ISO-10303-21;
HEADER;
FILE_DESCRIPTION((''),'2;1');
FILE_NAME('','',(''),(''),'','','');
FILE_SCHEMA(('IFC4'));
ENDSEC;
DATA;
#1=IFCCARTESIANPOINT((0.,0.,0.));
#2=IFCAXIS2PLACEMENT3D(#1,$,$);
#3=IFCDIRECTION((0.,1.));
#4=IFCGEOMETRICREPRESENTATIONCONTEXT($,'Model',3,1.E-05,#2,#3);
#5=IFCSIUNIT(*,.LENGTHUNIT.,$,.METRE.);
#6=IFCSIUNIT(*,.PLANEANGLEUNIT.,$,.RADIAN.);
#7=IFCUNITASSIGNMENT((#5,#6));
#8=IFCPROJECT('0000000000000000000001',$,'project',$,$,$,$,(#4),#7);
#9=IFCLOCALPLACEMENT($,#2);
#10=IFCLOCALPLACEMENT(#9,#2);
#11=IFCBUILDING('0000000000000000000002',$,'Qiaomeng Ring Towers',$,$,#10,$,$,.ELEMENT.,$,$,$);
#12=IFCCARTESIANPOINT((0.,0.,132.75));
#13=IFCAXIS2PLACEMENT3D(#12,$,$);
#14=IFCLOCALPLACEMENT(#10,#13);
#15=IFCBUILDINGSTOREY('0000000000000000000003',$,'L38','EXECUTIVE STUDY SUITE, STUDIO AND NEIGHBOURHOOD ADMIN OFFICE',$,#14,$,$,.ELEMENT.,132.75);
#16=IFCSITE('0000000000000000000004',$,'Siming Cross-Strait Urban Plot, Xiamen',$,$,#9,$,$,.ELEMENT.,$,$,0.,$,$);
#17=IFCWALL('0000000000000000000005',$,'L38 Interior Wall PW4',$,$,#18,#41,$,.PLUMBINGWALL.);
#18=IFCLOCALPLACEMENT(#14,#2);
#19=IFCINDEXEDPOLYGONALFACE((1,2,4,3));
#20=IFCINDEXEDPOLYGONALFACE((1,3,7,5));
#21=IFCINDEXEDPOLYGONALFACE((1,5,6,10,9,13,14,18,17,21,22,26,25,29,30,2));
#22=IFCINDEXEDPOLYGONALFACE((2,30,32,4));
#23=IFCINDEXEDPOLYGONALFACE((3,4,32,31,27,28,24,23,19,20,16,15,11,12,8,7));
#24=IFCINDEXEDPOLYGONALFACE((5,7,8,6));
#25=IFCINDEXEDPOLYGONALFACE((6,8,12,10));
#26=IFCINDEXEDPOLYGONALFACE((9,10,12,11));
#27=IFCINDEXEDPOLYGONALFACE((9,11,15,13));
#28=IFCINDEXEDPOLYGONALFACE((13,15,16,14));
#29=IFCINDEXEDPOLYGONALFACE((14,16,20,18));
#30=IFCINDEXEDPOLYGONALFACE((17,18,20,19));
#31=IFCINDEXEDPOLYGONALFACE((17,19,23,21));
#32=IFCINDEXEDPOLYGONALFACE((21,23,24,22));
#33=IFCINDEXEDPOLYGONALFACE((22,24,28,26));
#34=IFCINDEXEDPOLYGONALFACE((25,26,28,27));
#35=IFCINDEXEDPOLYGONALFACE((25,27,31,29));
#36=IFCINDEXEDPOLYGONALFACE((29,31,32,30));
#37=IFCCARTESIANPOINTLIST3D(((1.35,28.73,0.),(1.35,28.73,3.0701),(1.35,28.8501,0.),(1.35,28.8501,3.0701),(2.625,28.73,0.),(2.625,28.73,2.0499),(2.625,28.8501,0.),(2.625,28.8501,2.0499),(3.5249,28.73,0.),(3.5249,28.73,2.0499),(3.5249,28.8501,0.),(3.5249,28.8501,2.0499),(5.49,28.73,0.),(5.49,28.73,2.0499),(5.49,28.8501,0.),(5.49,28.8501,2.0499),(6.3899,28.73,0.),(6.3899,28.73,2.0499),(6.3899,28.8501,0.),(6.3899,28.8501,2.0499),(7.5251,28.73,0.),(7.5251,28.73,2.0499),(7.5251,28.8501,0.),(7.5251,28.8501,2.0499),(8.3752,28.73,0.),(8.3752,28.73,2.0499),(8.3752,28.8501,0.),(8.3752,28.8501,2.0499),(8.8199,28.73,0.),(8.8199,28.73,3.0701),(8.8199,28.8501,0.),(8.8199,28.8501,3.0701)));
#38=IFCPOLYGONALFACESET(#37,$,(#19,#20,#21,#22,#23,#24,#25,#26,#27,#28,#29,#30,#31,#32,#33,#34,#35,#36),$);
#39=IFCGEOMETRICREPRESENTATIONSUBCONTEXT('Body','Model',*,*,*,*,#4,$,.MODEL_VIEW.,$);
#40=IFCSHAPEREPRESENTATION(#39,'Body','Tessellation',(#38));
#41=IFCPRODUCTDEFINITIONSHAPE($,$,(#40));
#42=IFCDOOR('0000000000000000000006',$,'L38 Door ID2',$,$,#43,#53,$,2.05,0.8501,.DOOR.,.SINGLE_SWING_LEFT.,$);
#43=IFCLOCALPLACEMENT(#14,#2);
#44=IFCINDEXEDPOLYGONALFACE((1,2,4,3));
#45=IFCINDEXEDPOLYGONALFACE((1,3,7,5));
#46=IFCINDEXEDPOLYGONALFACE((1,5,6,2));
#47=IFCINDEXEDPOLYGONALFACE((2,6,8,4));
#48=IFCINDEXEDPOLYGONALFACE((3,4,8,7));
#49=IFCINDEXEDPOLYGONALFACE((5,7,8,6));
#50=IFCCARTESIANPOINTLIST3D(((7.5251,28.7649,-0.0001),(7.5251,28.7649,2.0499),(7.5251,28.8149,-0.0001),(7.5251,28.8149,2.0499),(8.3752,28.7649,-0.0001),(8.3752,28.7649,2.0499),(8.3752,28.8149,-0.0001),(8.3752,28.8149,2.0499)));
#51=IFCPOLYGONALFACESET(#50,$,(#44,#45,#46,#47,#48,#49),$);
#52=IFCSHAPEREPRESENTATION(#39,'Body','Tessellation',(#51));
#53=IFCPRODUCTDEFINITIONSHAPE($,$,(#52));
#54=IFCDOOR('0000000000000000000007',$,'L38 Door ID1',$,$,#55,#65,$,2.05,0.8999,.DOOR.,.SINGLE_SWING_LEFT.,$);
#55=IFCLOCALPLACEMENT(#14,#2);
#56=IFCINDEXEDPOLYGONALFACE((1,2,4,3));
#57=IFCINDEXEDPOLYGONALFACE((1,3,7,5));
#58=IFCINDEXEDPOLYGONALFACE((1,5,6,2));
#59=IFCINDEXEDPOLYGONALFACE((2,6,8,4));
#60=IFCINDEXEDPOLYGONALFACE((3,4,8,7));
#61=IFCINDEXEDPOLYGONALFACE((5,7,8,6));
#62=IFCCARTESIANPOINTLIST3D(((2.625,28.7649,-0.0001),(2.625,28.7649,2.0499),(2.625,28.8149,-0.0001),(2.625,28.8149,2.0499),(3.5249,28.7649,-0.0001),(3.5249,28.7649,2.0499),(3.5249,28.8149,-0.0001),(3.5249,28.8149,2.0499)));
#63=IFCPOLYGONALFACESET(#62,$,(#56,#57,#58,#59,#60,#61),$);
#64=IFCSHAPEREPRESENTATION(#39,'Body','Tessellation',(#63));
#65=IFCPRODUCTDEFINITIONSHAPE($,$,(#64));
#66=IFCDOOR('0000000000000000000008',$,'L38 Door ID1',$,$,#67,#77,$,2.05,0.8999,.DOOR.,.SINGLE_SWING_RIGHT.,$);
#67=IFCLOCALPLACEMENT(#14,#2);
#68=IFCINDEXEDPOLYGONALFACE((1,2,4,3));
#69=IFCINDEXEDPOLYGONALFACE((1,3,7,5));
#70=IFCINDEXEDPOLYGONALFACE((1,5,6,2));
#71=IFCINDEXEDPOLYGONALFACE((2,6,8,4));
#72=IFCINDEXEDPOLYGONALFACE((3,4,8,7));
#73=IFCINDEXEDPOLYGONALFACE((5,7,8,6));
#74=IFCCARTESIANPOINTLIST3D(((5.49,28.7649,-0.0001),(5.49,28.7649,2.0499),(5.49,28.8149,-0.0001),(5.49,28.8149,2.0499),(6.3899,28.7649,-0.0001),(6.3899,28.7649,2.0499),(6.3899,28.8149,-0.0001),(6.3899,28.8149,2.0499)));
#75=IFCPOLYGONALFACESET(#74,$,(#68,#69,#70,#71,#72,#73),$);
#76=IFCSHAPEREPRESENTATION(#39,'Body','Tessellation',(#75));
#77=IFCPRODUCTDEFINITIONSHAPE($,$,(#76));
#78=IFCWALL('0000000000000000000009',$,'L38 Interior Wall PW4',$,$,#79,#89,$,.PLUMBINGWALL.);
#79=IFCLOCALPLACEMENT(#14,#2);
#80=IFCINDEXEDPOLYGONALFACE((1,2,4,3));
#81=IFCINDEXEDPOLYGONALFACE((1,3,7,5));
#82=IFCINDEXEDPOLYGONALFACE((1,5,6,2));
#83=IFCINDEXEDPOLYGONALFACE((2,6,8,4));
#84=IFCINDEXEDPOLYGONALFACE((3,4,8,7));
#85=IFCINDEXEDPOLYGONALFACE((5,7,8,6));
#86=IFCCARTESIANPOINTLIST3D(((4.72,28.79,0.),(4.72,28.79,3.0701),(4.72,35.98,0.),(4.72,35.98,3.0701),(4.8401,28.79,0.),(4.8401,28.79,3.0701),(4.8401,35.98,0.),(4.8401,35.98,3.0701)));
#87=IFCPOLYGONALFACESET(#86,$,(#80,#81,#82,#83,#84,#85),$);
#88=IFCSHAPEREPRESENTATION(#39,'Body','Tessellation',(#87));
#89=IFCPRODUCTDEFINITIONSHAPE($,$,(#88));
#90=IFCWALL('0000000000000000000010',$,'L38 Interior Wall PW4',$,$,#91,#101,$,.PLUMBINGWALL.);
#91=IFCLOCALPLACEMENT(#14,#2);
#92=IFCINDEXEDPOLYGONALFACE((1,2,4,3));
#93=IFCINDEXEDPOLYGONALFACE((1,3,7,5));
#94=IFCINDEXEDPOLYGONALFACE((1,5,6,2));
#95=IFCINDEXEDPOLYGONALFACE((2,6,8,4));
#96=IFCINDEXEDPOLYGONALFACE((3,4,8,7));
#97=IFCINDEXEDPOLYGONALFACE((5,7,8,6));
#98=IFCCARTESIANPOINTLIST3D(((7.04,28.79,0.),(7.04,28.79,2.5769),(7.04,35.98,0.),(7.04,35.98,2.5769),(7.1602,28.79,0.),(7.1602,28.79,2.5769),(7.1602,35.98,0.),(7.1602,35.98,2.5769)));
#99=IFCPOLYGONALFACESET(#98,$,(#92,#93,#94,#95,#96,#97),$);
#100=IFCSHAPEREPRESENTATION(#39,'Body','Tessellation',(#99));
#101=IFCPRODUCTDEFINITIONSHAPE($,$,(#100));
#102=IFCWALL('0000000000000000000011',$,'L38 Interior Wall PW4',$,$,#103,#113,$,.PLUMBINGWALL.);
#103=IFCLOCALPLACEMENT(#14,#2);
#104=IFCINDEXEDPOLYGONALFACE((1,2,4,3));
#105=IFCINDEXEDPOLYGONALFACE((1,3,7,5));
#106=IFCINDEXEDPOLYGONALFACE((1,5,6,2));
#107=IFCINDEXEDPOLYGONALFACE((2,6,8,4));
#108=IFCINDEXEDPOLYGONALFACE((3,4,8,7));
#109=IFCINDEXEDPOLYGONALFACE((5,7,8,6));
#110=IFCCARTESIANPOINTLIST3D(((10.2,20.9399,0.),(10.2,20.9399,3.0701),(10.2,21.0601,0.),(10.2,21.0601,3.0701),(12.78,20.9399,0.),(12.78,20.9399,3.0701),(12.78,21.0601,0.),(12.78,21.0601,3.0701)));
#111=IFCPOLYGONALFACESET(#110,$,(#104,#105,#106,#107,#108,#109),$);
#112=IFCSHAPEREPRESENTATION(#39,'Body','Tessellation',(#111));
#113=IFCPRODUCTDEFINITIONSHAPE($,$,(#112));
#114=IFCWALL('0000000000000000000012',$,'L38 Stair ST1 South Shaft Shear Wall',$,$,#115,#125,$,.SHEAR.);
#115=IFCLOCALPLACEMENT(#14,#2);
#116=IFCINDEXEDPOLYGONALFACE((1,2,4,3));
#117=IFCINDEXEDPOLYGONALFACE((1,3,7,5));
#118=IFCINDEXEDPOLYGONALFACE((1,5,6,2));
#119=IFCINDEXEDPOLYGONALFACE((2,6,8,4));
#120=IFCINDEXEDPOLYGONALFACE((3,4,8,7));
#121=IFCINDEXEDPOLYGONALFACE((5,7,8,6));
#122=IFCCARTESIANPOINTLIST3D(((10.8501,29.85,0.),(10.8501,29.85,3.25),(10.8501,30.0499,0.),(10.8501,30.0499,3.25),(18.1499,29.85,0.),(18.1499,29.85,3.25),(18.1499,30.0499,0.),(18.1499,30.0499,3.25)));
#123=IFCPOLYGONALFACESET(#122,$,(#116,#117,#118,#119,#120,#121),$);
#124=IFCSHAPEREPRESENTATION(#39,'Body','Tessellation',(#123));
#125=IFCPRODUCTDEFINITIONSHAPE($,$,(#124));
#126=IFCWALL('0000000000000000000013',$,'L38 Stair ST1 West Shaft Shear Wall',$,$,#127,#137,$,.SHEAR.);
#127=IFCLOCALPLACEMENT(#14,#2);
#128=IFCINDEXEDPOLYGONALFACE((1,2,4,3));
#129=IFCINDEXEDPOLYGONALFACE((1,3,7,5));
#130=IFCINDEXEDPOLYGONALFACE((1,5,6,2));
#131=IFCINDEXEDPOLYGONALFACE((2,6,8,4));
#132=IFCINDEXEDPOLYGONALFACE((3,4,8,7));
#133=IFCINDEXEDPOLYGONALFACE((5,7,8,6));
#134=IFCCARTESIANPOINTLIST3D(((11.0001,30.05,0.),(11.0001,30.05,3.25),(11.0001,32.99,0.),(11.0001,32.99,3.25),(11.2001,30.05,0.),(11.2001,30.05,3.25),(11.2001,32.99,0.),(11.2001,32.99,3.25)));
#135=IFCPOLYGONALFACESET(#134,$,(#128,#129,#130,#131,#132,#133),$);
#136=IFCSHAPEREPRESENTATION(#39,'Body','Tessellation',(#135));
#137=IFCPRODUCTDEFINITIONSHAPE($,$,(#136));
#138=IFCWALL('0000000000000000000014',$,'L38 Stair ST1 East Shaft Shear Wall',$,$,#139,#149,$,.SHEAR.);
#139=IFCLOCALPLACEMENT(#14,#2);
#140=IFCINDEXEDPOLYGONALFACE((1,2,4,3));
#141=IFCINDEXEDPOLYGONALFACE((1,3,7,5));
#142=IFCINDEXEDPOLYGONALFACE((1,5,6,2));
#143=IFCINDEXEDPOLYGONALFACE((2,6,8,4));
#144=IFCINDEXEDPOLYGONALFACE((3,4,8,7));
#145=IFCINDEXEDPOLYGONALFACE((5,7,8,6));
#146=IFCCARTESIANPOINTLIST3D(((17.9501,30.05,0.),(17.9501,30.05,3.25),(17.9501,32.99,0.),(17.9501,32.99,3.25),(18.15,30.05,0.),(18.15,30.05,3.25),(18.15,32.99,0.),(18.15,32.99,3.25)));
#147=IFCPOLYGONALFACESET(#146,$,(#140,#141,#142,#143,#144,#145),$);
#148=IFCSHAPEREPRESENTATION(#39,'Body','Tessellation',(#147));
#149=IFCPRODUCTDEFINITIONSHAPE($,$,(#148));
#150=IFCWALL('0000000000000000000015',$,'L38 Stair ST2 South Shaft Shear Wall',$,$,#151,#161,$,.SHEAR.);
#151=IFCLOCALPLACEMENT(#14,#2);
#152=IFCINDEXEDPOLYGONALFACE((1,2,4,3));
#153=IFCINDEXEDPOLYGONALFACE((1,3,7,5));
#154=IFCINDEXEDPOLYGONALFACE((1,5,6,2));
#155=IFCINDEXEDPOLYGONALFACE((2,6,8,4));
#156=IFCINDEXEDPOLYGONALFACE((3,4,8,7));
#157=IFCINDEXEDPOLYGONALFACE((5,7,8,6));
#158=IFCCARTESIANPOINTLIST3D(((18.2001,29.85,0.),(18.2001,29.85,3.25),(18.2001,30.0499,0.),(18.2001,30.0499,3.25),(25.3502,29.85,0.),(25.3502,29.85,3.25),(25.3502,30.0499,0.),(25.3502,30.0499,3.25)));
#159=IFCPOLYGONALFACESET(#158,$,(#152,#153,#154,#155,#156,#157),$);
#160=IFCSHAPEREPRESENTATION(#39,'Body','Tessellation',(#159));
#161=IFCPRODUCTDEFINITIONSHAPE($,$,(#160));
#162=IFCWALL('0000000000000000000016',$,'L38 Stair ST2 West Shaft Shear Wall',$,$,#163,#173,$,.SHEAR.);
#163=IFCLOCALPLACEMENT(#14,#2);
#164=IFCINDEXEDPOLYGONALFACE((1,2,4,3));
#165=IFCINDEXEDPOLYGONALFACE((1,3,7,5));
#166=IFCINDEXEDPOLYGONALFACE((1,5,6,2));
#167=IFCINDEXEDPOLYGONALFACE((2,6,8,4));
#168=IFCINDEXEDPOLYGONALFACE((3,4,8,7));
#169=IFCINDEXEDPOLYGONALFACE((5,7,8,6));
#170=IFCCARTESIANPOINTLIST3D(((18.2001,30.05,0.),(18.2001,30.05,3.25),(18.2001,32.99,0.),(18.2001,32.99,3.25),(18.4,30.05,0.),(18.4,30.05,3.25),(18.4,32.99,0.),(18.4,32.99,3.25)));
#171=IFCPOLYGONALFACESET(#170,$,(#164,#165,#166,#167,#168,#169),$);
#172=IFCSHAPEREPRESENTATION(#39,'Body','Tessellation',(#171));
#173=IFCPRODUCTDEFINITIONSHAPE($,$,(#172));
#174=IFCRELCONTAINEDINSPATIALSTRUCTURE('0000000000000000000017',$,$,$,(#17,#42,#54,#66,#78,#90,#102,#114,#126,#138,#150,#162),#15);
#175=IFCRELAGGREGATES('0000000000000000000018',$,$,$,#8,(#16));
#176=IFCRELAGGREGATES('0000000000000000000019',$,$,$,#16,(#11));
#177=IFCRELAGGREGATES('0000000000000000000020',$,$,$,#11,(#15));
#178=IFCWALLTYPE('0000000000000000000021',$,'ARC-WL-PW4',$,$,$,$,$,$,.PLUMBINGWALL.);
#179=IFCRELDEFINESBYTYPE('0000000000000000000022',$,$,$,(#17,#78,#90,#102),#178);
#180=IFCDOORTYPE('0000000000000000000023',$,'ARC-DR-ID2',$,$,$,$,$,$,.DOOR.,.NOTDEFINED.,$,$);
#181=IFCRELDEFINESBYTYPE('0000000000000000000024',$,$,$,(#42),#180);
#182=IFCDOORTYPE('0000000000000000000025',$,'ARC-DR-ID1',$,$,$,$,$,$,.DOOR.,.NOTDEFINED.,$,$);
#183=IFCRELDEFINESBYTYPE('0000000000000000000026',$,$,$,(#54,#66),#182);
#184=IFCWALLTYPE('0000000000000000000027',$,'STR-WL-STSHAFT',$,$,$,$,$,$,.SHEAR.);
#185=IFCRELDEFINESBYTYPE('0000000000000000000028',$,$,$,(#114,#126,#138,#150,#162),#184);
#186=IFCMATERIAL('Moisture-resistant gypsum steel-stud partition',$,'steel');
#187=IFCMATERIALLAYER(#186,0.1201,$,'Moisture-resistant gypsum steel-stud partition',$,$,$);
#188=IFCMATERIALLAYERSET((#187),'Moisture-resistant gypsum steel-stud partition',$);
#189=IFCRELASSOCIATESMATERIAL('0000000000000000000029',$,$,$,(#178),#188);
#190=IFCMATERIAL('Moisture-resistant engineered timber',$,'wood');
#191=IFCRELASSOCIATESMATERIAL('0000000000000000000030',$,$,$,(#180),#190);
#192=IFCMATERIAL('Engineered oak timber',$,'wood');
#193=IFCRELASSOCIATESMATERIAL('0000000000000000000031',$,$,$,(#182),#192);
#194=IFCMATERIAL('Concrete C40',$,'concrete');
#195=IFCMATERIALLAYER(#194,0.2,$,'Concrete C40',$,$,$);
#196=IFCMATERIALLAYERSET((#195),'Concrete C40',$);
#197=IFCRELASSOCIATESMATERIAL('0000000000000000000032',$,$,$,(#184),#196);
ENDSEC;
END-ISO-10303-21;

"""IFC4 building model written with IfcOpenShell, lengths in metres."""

from ifc_helpers import new_model, si_unit, direction, frame, frame_2d, origin, place, context, subcontext, project, spatial, rectangle, extrude, source, transform, mapped, material, layer, layer_set, type_object, element, fill, save


model = new_model("IFC4")

# Units and contexts
model_context = context("Model", 3, precision=1e-05, world=origin(), true_north=direction((0.0, 1.0)))
body_context = subcontext(model_context, "Body", "Model", "MODEL_VIEW")
ifc_project = project(units=[si_unit("LENGTHUNIT", "METRE"), si_unit("PLANEANGLEUNIT", "RADIAN")], contexts=[model_context])

# Site, building, storey
site_placement = place(None, origin())
site = spatial("IfcSite", under=ifc_project, at=site_placement, Name="Siming Cross-Strait Urban Plot, Xiamen", CompositionType="ELEMENT", RefElevation=0.0)
building_placement = place(site_placement, origin())
building = spatial("IfcBuilding", under=site, at=building_placement, Name="Qiaomeng Ring Towers", CompositionType="ELEMENT")
storey_placement = place(building_placement, frame((0.0, 0.0, 132.75)))
storey = spatial("IfcBuildingStorey", under=building, at=storey_placement, Name="L38", Description="EXECUTIVE STUDY SUITE, STUDIO AND NEIGHBOURHOOD ADMIN OFFICE", CompositionType="ELEMENT", Elevation=132.75)

# Wall, openings, doors
ifc_material_1 = material(Name="Moisture-resistant gypsum steel-stud partition", Category="steel")
ifc_layer_1 = layer(ifc_material_1, 0.1201, Name="Moisture-resistant gypsum steel-stud partition")
ifc_layer_set_1 = layer_set([ifc_layer_1], Name="Moisture-resistant gypsum steel-stud partition")
wall_type_1 = type_object("IfcWallType", Name="ARC-WL-PW4", PredefinedType="PLUMBINGWALL", material=ifc_layer_set_1)
wall_1_placement = place(storey_placement, frame((1.3501, 28.79, 0.0), z_axis=(0.0, 0.0, 1.0), x_axis=(1.0, 0.0, 0.0)))
wall_1 = element("IfcWall", 1, at=wall_1_placement, inside=storey, type_object=wall_type_1, Name="L38 Interior Wall PW4", PredefinedType="PLUMBINGWALL", context=body_context, shape_type="SweptSolid", body=[
    extrude(rectangle(XDim=7.47, YDim=0.1201, at=frame_2d((3.7349, 0.0))), origin(), (0.0, 0.0, 1.0), 3.0701),
])
opening_1_placement = place(wall_1_placement, frame((1.2749, 0.0, 0.0)))
opening_1 = element("IfcOpeningElement", 2, at=opening_1_placement, cuts=wall_1, PredefinedType="OPENING", context=body_context, shape_type="SweptSolid", body=[
    extrude(rectangle(XDim=0.8999, YDim=2.05, at=frame_2d((0.45, 1.0249))), frame((0.0, 0.0701, 0.0), z_axis=(0.0, -1.0, 0.0), x_axis=(1.0, 0.0, 0.0)), (0.0, 0.0, 1.0), 0.1401),
])
opening_2_placement = place(wall_1_placement, frame((4.1399, 0.0, 0.0)))
opening_2 = element("IfcOpeningElement", 3, at=opening_2_placement, cuts=wall_1, PredefinedType="OPENING", context=body_context, shape_type="SweptSolid", body=[
    extrude(rectangle(XDim=0.8999, YDim=2.05, at=frame_2d((0.45, 1.0249))), frame((0.0, 0.0701, 0.0), z_axis=(0.0, -1.0, 0.0), x_axis=(1.0, 0.0, 0.0)), (0.0, 0.0, 1.0), 0.1401),
])
opening_3_placement = place(wall_1_placement, frame((6.175, 0.0, 0.0)))
opening_3 = element("IfcOpeningElement", 4, at=opening_3_placement, cuts=wall_1, PredefinedType="OPENING", context=body_context, shape_type="SweptSolid", body=[
    extrude(rectangle(XDim=0.8501, YDim=2.05, at=frame_2d((0.425, 1.0249))), frame((0.0, 0.0701, 0.0), z_axis=(0.0, -1.0, 0.0), x_axis=(1.0, 0.0, 0.0)), (0.0, 0.0, 1.0), 0.1401),
])
ifc_material_2 = material(Name="Moisture-resistant engineered timber", Category="wood")
door_type_1 = type_object("IfcDoorType", Name="ARC-DR-ID2", OperationType="NOTDEFINED", PredefinedType="DOOR", material=ifc_material_2)
shared_shape_1 = source(origin(), body_context, "Body", "SweptSolid", [
    extrude(rectangle(XDim=0.8501, YDim=2.05, at=frame_2d((0.425, 1.0249))), frame((0.0, 0.0249, 0.0), z_axis=(0.0, -1.0, 0.0), x_axis=(1.0, 0.0, 0.0)), (0.0, 0.0, 1.0), 0.05),
])
door_1_placement = place(opening_3_placement, origin())
door_1 = element("IfcDoor", 5, at=door_1_placement, inside=storey, type_object=door_type_1, Name="L38 Door ID2", OperationType="SINGLE_SWING_LEFT", OverallHeight=2.05, OverallWidth=0.8501, PredefinedType="DOOR", context=body_context, shape_type="MappedRepresentation", body=[
    mapped(shared_shape_1, transform((0.0, 0.0, 0.0), x_axis=(1.0, 0.0, 0.0), y_axis=(0.0, 1.0, 0.0), z_axis=(0.0, 0.0, 1.0), scale=1.0)),
])
fill(opening_3, door_1)
ifc_material_3 = material(Name="Engineered oak timber", Category="wood")
door_type_2 = type_object("IfcDoorType", Name="ARC-DR-ID1", OperationType="NOTDEFINED", PredefinedType="DOOR", material=ifc_material_3)
shared_shape_2 = source(origin(), body_context, "Body", "SweptSolid", [
    extrude(rectangle(XDim=0.8999, YDim=2.05, at=frame_2d((0.45, 1.0249))), frame((0.0, 0.0249, 0.0), z_axis=(0.0, -1.0, 0.0), x_axis=(1.0, 0.0, 0.0)), (0.0, 0.0, 1.0), 0.05),
])
door_2_placement = place(opening_1_placement, origin())
door_2 = element("IfcDoor", 6, at=door_2_placement, inside=storey, type_object=door_type_2, Name="L38 Door ID1", OperationType="SINGLE_SWING_LEFT", OverallHeight=2.05, OverallWidth=0.8999, PredefinedType="DOOR", context=body_context, shape_type="MappedRepresentation", body=[
    mapped(shared_shape_2, transform((0.0, 0.0, 0.0), x_axis=(1.0, 0.0, 0.0), y_axis=(0.0, 1.0, 0.0), z_axis=(0.0, 0.0, 1.0), scale=1.0)),
])
fill(opening_1, door_2)
door_3_placement = place(opening_2_placement, origin())
door_3 = element("IfcDoor", 7, at=door_3_placement, inside=storey, type_object=door_type_2, Name="L38 Door ID1", OperationType="SINGLE_SWING_RIGHT", OverallHeight=2.05, OverallWidth=0.8999, PredefinedType="DOOR", context=body_context, shape_type="MappedRepresentation", body=[
    mapped(shared_shape_2, transform((0.0, 0.0, 0.0), x_axis=(1.0, 0.0, 0.0), y_axis=(0.0, 1.0, 0.0), z_axis=(0.0, 0.0, 1.0), scale=1.0)),
])
fill(opening_2, door_3)

# Walls
wall_2_placement = place(storey_placement, frame((4.78, 28.79, 0.0), z_axis=(0.0, 0.0, 1.0), x_axis=(0.0, 1.0, 0.0)))
element("IfcWall", 8, at=wall_2_placement, inside=storey, type_object=wall_type_1, Name="L38 Interior Wall PW4", PredefinedType="PLUMBINGWALL", context=body_context, shape_type="SweptSolid", body=[
    extrude(rectangle(XDim=7.1899, YDim=0.1201, at=frame_2d((3.595, 0.0))), origin(), (0.0, 0.0, 1.0), 3.0701),
])
wall_3_placement = place(storey_placement, frame((7.1001, 28.79, 0.0), z_axis=(0.0, 0.0, 1.0), x_axis=(0.0, 1.0, 0.0)))
element("IfcWall", 9, at=wall_3_placement, inside=storey, type_object=wall_type_1, Name="L38 Interior Wall PW4", PredefinedType="PLUMBINGWALL", context=body_context, shape_type="SweptSolid", body=[
    extrude(rectangle(XDim=7.1899, YDim=0.1201, at=frame_2d((3.595, 0.0))), origin(), (0.0, 0.0, 1.0), 2.5769),
])
wall_4_placement = place(storey_placement, frame((10.2, 21.0, 0.0), z_axis=(0.0, 0.0, 1.0), x_axis=(1.0, 0.0, 0.0)))
element("IfcWall", 10, at=wall_4_placement, inside=storey, type_object=wall_type_1, Name="L38 Interior Wall PW4", PredefinedType="PLUMBINGWALL", context=body_context, shape_type="SweptSolid", body=[
    extrude(rectangle(XDim=2.5801, YDim=0.1201, at=frame_2d((1.29, 0.0))), origin(), (0.0, 0.0, 1.0), 3.0701),
])
ifc_material_4 = material(Name="Concrete C40", Category="concrete")
ifc_layer_2 = layer(ifc_material_4, 0.2, Name="Concrete C40")
ifc_layer_set_2 = layer_set([ifc_layer_2], Name="Concrete C40")
wall_type_2 = type_object("IfcWallType", Name="STR-WL-STSHAFT", PredefinedType="SHEAR", material=ifc_layer_set_2)
wall_5_placement = place(storey_placement, frame((10.8501, 29.95, 0.0), z_axis=(0.0, 0.0, 1.0), x_axis=(1.0, 0.0, 0.0)))
element("IfcWall", 11, at=wall_5_placement, inside=storey, type_object=wall_type_2, Name="L38 Stair ST1 South Shaft Shear Wall", PredefinedType="SHEAR", context=body_context, shape_type="SweptSolid", body=[
    extrude(rectangle(XDim=7.2998, YDim=0.2, at=frame_2d((3.6499, 0.0))), origin(), (0.0, 0.0, 1.0), 3.25),
])
for number, where, z_axis, x_axis, name in (
    (12, (11.1001, 30.05, 0.0), (0.0, 0.0, 1.0), (0.0, 1.0, 0.0), "L38 Stair ST1 West Shaft Shear Wall"),
    (13, (18.05, 30.05, 0.0), (0.0, 0.0, 1.0), (0.0, 1.0, 0.0), "L38 Stair ST1 East Shaft Shear Wall"),
):
    element("IfcWall", number, at=place(storey_placement, frame(where, z_axis=z_axis, x_axis=x_axis)), inside=storey, type_object=wall_type_2, Name=name, PredefinedType="SHEAR", context=body_context, shape_type="SweptSolid", body=[
        extrude(rectangle(XDim=2.9399, YDim=0.2, at=frame_2d((1.47, 0.0))), origin(), (0.0, 0.0, 1.0), 3.25),
    ])
wall_6_placement = place(storey_placement, frame((18.2, 29.95, 0.0), z_axis=(0.0, 0.0, 1.0), x_axis=(1.0, 0.0, 0.0)))
element("IfcWall", 14, at=wall_6_placement, inside=storey, type_object=wall_type_2, Name="L38 Stair ST2 South Shaft Shear Wall", PredefinedType="SHEAR", context=body_context, shape_type="SweptSolid", body=[
    extrude(rectangle(XDim=7.1501, YDim=0.2, at=frame_2d((3.5752, 0.0))), origin(), (0.0, 0.0, 1.0), 3.25),
])
wall_7_placement = place(storey_placement, frame((18.3, 30.05, 0.0), z_axis=(0.0, 0.0, 1.0), x_axis=(0.0, 1.0, 0.0)))
element("IfcWall", 15, at=wall_7_placement, inside=storey, type_object=wall_type_2, Name="L38 Stair ST2 West Shaft Shear Wall", PredefinedType="SHEAR", context=body_context, shape_type="SweptSolid", body=[
    extrude(rectangle(XDim=2.9399, YDim=0.2, at=frame_2d((1.47, 0.0))), origin(), (0.0, 0.0, 1.0), 3.25),
])

save(model, "model.ifc")
